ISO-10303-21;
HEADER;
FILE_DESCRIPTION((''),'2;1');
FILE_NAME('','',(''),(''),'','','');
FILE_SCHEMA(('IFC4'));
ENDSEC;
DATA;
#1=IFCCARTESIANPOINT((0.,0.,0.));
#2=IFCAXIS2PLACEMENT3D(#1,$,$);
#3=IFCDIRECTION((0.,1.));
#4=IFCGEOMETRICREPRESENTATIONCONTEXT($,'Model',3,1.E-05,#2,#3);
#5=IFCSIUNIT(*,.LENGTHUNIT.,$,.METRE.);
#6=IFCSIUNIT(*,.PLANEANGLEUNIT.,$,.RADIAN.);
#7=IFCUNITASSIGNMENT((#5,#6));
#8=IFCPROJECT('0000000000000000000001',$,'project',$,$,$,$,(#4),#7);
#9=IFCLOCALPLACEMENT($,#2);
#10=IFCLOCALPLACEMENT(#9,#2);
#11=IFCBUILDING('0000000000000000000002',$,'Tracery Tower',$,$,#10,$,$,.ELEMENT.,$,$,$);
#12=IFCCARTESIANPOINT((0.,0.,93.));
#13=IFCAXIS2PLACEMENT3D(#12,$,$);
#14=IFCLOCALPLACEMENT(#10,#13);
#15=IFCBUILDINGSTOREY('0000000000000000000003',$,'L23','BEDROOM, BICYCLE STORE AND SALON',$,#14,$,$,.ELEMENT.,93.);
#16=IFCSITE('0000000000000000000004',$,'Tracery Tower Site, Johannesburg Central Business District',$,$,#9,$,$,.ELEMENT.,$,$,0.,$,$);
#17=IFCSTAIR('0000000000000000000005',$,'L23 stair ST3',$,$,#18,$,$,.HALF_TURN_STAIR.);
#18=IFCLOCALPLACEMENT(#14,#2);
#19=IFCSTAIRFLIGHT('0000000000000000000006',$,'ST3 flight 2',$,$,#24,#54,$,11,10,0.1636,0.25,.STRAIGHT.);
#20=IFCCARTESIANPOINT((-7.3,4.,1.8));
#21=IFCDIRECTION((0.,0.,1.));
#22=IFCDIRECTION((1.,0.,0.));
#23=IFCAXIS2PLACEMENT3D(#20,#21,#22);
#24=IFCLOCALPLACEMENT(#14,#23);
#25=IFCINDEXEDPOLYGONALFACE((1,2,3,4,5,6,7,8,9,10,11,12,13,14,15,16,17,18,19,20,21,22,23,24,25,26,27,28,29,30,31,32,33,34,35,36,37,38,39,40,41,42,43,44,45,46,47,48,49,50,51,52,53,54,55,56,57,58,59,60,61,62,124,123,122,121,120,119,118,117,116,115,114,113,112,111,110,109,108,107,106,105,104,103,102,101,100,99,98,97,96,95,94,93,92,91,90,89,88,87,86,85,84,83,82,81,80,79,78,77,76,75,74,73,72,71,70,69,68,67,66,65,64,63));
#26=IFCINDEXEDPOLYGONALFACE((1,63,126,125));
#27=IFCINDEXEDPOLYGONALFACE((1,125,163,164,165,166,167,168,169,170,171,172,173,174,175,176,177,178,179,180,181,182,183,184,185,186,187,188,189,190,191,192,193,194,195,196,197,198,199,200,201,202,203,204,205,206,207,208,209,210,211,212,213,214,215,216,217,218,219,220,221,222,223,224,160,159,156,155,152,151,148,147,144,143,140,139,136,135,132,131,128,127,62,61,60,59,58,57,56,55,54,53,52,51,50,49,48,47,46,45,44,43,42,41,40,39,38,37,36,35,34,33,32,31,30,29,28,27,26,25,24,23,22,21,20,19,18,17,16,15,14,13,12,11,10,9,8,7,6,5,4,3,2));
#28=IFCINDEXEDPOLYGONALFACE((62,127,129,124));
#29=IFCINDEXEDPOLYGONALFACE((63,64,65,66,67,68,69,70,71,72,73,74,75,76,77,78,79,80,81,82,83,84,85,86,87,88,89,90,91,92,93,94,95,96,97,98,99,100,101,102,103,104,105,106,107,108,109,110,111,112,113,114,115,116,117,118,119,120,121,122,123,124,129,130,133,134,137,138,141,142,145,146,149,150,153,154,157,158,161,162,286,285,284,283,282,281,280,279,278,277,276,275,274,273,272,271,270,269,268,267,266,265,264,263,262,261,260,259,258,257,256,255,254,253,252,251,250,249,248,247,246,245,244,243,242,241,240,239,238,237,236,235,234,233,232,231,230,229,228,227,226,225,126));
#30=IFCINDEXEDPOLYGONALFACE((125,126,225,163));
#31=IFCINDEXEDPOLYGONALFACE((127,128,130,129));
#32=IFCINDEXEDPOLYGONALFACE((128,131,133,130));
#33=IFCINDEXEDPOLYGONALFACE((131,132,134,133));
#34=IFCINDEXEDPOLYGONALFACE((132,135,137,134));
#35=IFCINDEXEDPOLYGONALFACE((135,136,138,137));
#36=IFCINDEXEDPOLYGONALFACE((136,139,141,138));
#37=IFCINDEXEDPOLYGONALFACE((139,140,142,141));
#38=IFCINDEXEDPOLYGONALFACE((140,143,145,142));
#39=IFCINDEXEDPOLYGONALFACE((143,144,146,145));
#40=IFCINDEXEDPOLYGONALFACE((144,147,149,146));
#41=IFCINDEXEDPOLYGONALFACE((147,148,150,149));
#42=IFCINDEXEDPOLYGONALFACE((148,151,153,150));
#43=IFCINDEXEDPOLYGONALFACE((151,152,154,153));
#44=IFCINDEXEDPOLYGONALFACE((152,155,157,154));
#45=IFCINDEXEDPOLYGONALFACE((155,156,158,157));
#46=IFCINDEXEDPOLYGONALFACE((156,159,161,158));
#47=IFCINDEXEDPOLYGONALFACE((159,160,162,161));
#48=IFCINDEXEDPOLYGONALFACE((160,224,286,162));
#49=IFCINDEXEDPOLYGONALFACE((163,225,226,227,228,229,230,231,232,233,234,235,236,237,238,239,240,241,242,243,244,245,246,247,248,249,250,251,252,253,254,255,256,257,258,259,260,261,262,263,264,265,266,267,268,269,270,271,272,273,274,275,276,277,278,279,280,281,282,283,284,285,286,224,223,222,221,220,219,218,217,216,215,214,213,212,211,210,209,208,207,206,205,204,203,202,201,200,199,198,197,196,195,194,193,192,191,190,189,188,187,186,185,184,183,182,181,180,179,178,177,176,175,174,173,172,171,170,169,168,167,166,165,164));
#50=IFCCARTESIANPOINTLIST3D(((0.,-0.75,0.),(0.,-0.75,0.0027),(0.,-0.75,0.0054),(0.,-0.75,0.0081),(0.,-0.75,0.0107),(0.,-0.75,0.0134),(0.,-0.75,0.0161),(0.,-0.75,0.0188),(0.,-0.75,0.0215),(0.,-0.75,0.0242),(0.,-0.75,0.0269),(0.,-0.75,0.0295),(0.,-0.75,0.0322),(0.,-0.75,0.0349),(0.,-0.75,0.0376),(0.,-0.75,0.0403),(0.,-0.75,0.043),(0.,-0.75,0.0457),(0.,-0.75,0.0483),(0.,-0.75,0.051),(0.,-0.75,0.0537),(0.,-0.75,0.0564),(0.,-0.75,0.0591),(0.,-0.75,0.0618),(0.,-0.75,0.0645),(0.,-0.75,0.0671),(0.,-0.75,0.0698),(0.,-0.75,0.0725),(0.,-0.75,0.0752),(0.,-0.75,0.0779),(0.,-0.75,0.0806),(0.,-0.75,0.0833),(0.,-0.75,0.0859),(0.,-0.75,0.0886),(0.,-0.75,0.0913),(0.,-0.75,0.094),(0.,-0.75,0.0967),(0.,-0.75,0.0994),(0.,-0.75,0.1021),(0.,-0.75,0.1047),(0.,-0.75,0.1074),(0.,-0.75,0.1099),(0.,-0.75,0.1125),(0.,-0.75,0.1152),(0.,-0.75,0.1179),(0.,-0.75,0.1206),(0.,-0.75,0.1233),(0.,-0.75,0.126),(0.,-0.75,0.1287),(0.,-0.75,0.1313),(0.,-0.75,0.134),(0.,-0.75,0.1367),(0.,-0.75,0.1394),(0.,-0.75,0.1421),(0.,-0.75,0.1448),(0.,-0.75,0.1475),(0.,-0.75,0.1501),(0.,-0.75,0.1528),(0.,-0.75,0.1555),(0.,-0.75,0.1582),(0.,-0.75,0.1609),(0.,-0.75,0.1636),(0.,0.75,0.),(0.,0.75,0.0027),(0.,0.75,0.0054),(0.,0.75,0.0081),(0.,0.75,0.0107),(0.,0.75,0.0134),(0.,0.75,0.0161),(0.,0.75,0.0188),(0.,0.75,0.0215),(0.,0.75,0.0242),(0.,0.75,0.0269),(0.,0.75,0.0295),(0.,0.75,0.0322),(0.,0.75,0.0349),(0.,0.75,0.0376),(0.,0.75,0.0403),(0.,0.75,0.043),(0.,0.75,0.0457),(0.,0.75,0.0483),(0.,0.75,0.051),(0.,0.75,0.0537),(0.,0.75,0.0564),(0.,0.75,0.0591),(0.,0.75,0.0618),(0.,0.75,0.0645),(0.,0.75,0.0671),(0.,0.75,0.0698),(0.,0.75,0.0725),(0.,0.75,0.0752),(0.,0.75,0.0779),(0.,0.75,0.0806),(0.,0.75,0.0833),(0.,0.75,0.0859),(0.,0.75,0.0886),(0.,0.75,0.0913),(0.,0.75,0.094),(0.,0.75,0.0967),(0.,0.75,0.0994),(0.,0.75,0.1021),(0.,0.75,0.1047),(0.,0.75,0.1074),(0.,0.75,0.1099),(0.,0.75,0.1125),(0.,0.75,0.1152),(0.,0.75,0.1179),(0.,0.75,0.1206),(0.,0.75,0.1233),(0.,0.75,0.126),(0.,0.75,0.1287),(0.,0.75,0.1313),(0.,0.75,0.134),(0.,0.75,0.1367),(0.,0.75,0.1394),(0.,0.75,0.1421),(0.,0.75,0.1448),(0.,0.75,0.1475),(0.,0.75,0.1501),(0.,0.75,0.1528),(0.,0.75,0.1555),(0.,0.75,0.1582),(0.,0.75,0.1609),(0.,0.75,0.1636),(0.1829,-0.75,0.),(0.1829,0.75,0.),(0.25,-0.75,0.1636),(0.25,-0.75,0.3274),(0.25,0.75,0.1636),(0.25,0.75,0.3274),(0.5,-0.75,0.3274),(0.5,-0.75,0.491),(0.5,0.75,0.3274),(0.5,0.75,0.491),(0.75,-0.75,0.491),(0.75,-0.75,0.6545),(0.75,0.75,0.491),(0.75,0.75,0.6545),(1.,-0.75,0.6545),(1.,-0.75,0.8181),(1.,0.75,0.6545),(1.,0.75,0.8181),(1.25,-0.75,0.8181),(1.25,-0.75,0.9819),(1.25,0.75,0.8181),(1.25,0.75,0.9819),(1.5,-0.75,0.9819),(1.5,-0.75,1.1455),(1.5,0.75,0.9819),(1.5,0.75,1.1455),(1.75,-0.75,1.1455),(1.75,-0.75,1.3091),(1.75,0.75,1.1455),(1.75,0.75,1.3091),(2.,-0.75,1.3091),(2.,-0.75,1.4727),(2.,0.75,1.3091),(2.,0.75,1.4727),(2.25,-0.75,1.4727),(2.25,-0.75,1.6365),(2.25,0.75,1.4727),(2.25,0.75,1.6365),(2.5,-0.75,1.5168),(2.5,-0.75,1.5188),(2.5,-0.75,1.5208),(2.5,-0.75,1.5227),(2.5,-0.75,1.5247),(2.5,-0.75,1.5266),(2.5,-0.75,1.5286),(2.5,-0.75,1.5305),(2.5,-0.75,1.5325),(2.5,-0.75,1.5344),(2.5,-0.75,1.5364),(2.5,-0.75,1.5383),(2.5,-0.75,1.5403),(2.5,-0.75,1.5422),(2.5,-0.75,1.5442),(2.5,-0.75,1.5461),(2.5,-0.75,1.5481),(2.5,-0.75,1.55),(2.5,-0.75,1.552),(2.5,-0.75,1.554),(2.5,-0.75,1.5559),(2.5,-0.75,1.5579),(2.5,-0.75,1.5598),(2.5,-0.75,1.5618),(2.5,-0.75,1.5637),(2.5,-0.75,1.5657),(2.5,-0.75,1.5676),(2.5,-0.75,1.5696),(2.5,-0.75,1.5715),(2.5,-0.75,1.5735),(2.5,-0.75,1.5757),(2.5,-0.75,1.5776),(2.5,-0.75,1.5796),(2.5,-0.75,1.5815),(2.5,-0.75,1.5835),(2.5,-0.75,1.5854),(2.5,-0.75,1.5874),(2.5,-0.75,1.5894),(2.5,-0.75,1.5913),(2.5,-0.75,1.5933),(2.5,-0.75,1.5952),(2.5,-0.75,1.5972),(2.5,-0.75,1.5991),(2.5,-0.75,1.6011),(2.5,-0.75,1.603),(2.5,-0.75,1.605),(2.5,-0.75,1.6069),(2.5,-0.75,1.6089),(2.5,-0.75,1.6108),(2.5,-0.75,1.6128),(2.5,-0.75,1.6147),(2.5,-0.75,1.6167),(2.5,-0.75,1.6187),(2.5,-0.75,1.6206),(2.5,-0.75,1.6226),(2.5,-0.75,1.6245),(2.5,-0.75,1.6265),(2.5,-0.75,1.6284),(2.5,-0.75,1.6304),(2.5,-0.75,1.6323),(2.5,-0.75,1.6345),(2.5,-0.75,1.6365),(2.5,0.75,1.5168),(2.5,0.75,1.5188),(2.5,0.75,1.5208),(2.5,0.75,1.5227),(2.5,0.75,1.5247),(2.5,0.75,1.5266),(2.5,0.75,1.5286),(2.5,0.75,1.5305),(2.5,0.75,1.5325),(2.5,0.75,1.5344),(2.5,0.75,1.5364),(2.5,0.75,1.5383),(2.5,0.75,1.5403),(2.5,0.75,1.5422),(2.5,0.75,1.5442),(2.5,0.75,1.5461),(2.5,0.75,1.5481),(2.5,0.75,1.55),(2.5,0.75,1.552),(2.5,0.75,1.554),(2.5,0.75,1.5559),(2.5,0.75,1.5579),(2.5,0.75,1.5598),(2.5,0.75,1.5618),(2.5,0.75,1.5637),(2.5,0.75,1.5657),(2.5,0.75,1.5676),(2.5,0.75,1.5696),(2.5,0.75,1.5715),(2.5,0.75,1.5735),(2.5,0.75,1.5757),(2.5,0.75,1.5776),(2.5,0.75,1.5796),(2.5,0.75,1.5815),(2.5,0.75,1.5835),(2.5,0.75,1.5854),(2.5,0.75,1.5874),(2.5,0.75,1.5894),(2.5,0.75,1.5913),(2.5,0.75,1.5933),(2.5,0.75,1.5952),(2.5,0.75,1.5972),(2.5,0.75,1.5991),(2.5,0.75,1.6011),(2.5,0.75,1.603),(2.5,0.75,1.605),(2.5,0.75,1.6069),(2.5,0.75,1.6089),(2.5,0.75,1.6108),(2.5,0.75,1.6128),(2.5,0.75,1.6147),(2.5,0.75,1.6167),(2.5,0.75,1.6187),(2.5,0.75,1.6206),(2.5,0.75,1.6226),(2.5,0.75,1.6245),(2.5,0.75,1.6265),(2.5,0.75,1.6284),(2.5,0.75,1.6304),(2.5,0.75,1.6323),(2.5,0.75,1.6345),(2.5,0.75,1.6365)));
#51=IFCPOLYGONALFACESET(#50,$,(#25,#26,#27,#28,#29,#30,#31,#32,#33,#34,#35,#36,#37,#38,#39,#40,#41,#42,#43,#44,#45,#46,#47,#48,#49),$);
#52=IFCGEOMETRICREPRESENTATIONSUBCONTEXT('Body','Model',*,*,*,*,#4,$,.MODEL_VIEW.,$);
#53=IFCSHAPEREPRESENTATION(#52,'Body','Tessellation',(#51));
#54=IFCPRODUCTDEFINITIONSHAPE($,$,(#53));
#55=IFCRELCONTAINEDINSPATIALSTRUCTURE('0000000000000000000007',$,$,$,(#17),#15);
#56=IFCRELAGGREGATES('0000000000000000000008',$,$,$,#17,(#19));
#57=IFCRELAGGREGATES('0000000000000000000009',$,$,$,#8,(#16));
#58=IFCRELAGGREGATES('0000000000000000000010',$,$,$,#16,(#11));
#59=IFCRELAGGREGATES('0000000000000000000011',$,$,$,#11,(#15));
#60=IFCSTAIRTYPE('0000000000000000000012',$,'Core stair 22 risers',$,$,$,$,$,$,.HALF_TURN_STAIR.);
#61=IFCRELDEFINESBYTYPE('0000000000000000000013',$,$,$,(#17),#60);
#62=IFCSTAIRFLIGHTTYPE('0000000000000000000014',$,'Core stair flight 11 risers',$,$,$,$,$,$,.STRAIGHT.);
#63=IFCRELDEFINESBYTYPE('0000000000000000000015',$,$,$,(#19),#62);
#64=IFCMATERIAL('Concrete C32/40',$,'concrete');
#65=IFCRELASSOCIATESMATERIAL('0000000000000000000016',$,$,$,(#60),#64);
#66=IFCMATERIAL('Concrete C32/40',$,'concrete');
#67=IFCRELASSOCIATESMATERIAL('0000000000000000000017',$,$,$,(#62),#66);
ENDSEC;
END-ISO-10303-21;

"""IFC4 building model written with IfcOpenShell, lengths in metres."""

from ifc_helpers import new_model, si_unit, direction, frame, origin, place, context, subcontext, project, spatial, polyline, outline, extrude, material, type_object, element, aggregate, save


model = new_model("IFC4")

# Units and contexts
model_context = context("Model", 3, precision=1e-05, world=origin(), true_north=direction((0.0, 1.0)))
body_context = subcontext(model_context, "Body", "Model", "MODEL_VIEW")
ifc_project = project(units=[si_unit("LENGTHUNIT", "METRE"), si_unit("PLANEANGLEUNIT", "RADIAN")], contexts=[model_context])

# Site, building, storey
site_placement = place(None, origin())
site = spatial("IfcSite", under=ifc_project, at=site_placement, Name="Tracery Tower Site, Johannesburg Central Business District", CompositionType="ELEMENT", RefElevation=0.0)
building_placement = place(site_placement, origin())
building = spatial("IfcBuilding", under=site, at=building_placement, Name="Tracery Tower", CompositionType="ELEMENT")
storey_placement = place(building_placement, frame((0.0, 0.0, 93.0)))
storey = spatial("IfcBuildingStorey", under=building, at=storey_placement, Name="L23", Description="BEDROOM, BICYCLE STORE AND SALON", CompositionType="ELEMENT", Elevation=93.0)

# Stair, stair flight
ifc_material_1 = material(Name="Concrete C32/40", Category="concrete")
stair_type = type_object("IfcStairType", Name="Core stair 22 risers", PredefinedType="HALF_TURN_STAIR", material=ifc_material_1)
stair_placement = place(storey_placement, origin())
stair = element("IfcStair", 1, at=stair_placement, inside=storey, type_object=stair_type, Name="L23 stair ST3", PredefinedType="HALF_TURN_STAIR")
ifc_material_2 = material(Name="Concrete C32/40", Category="concrete")
stair_flight_type = type_object("IfcStairFlightType", Name="Core stair flight 11 risers", PredefinedType="STRAIGHT", material=ifc_material_2)
stair_flight_1_placement = place(storey_placement, frame((-7.3, 4.0, 1.8), z_axis=(0.0, 0.0, 1.0), x_axis=(1.0, 0.0, 0.0)))
stair_flight_1 = element("IfcStairFlight", 2, at=stair_flight_1_placement, type_object=stair_flight_type, Name="ST3 flight 2", NumberOfRisers=11, NumberOfTreads=10, PredefinedType="STRAIGHT", RiserHeight=0.1636, TreadLength=0.25, context=body_context, shape_type="SweptSolid", body=[
    extrude(outline(polyline([(0.0, 0.0), (0.0, 0.0027), (0.0, 0.0054), (0.0, 0.0081), (0.0, 0.0107), (0.0, 0.0134), (0.0, 0.0161), (0.0, 0.0188), (0.0, 0.0215), (0.0, 0.0242), (0.0, 0.0269), (0.0, 0.0295), (0.0, 0.0322), (0.0, 0.0349), (0.0, 0.0376), (0.0, 0.0403), (0.0, 0.043), (0.0, 0.0457), (0.0, 0.0483), (0.0, 0.051), (0.0, 0.0537), (0.0, 0.0564), (0.0, 0.0591), (0.0, 0.0618), (0.0, 0.0645), (0.0, 0.0671), (0.0, 0.0698), (0.0, 0.0725), (0.0, 0.0752), (0.0, 0.0779), (0.0, 0.0806), (0.0, 0.0833), (0.0, 0.0859), (0.0, 0.0886), (0.0, 0.0913), (0.0, 0.094), (0.0, 0.0967), (0.0, 0.0994), (0.0, 0.1021), (0.0, 0.1047), (0.0, 0.1074), (0.0, 0.1099), (0.0, 0.1125), (0.0, 0.1152), (0.0, 0.1179), (0.0, 0.1206), (0.0, 0.1233), (0.0, 0.126), (0.0, 0.1287), (0.0, 0.1313), (0.0, 0.134), (0.0, 0.1367), (0.0, 0.1394), (0.0, 0.1421), (0.0, 0.1448), (0.0, 0.1475), (0.0, 0.1501), (0.0, 0.1528), (0.0, 0.1555), (0.0, 0.1582), (0.0, 0.1609), (0.0, 0.1636), (0.25, 0.1636), (0.25, 0.3274), (0.5, 0.3274), (0.5, 0.491), (0.75, 0.491), (0.75, 0.6545), (1.0, 0.6545), (1.0, 0.8181), (1.25, 0.8181), (1.25, 0.9819), (1.5, 0.9819), (1.5, 1.1455), (1.75, 1.1455), (1.75, 1.3091), (2.0, 1.3091), (2.0, 1.4727), (2.25, 1.4727), (2.25, 1.6365), (2.5, 1.6365), (2.5, 1.6345), (2.5, 1.6323), (2.5, 1.6304), (2.5, 1.6284), (2.5, 1.6265), (2.5, 1.6245), (2.5, 1.6226), (2.5, 1.6206), (2.5, 1.6187), (2.5, 1.6167), (2.5, 1.6147), (2.5, 1.6128), (2.5, 1.6108), (2.5, 1.6089), (2.5, 1.6069), (2.5, 1.605), (2.5, 1.603), (2.5, 1.6011), (2.5, 1.5991), (2.5, 1.5972), (2.5, 1.5952), (2.5, 1.5933), (2.5, 1.5913), (2.5, 1.5894), (2.5, 1.5874), (2.5, 1.5854), (2.5, 1.5835), (2.5, 1.5815), (2.5, 1.5796), (2.5, 1.5776), (2.5, 1.5757), (2.5, 1.5735), (2.5, 1.5715), (2.5, 1.5696), (2.5, 1.5676), (2.5, 1.5657), (2.5, 1.5637), (2.5, 1.5618), (2.5, 1.5598), (2.5, 1.5579), (2.5, 1.5559), (2.5, 1.554), (2.5, 1.552), (2.5, 1.55), (2.5, 1.5481), (2.5, 1.5461), (2.5, 1.5442), (2.5, 1.5422), (2.5, 1.5403), (2.5, 1.5383), (2.5, 1.5364), (2.5, 1.5344), (2.5, 1.5325), (2.5, 1.5305), (2.5, 1.5286), (2.5, 1.5266), (2.5, 1.5247), (2.5, 1.5227), (2.5, 1.5208), (2.5, 1.5188), (2.5, 1.5168), (0.1829, 0.0), (0.0, 0.0)])), frame((0.0, 0.75, 0.0), z_axis=(0.0, -1.0, 0.0), x_axis=(1.0, 0.0, 0.0)), (0.0, 0.0, 1.0), 1.5),
])
aggregate(stair, [stair_flight_1])

save(model, "model.ifc")
